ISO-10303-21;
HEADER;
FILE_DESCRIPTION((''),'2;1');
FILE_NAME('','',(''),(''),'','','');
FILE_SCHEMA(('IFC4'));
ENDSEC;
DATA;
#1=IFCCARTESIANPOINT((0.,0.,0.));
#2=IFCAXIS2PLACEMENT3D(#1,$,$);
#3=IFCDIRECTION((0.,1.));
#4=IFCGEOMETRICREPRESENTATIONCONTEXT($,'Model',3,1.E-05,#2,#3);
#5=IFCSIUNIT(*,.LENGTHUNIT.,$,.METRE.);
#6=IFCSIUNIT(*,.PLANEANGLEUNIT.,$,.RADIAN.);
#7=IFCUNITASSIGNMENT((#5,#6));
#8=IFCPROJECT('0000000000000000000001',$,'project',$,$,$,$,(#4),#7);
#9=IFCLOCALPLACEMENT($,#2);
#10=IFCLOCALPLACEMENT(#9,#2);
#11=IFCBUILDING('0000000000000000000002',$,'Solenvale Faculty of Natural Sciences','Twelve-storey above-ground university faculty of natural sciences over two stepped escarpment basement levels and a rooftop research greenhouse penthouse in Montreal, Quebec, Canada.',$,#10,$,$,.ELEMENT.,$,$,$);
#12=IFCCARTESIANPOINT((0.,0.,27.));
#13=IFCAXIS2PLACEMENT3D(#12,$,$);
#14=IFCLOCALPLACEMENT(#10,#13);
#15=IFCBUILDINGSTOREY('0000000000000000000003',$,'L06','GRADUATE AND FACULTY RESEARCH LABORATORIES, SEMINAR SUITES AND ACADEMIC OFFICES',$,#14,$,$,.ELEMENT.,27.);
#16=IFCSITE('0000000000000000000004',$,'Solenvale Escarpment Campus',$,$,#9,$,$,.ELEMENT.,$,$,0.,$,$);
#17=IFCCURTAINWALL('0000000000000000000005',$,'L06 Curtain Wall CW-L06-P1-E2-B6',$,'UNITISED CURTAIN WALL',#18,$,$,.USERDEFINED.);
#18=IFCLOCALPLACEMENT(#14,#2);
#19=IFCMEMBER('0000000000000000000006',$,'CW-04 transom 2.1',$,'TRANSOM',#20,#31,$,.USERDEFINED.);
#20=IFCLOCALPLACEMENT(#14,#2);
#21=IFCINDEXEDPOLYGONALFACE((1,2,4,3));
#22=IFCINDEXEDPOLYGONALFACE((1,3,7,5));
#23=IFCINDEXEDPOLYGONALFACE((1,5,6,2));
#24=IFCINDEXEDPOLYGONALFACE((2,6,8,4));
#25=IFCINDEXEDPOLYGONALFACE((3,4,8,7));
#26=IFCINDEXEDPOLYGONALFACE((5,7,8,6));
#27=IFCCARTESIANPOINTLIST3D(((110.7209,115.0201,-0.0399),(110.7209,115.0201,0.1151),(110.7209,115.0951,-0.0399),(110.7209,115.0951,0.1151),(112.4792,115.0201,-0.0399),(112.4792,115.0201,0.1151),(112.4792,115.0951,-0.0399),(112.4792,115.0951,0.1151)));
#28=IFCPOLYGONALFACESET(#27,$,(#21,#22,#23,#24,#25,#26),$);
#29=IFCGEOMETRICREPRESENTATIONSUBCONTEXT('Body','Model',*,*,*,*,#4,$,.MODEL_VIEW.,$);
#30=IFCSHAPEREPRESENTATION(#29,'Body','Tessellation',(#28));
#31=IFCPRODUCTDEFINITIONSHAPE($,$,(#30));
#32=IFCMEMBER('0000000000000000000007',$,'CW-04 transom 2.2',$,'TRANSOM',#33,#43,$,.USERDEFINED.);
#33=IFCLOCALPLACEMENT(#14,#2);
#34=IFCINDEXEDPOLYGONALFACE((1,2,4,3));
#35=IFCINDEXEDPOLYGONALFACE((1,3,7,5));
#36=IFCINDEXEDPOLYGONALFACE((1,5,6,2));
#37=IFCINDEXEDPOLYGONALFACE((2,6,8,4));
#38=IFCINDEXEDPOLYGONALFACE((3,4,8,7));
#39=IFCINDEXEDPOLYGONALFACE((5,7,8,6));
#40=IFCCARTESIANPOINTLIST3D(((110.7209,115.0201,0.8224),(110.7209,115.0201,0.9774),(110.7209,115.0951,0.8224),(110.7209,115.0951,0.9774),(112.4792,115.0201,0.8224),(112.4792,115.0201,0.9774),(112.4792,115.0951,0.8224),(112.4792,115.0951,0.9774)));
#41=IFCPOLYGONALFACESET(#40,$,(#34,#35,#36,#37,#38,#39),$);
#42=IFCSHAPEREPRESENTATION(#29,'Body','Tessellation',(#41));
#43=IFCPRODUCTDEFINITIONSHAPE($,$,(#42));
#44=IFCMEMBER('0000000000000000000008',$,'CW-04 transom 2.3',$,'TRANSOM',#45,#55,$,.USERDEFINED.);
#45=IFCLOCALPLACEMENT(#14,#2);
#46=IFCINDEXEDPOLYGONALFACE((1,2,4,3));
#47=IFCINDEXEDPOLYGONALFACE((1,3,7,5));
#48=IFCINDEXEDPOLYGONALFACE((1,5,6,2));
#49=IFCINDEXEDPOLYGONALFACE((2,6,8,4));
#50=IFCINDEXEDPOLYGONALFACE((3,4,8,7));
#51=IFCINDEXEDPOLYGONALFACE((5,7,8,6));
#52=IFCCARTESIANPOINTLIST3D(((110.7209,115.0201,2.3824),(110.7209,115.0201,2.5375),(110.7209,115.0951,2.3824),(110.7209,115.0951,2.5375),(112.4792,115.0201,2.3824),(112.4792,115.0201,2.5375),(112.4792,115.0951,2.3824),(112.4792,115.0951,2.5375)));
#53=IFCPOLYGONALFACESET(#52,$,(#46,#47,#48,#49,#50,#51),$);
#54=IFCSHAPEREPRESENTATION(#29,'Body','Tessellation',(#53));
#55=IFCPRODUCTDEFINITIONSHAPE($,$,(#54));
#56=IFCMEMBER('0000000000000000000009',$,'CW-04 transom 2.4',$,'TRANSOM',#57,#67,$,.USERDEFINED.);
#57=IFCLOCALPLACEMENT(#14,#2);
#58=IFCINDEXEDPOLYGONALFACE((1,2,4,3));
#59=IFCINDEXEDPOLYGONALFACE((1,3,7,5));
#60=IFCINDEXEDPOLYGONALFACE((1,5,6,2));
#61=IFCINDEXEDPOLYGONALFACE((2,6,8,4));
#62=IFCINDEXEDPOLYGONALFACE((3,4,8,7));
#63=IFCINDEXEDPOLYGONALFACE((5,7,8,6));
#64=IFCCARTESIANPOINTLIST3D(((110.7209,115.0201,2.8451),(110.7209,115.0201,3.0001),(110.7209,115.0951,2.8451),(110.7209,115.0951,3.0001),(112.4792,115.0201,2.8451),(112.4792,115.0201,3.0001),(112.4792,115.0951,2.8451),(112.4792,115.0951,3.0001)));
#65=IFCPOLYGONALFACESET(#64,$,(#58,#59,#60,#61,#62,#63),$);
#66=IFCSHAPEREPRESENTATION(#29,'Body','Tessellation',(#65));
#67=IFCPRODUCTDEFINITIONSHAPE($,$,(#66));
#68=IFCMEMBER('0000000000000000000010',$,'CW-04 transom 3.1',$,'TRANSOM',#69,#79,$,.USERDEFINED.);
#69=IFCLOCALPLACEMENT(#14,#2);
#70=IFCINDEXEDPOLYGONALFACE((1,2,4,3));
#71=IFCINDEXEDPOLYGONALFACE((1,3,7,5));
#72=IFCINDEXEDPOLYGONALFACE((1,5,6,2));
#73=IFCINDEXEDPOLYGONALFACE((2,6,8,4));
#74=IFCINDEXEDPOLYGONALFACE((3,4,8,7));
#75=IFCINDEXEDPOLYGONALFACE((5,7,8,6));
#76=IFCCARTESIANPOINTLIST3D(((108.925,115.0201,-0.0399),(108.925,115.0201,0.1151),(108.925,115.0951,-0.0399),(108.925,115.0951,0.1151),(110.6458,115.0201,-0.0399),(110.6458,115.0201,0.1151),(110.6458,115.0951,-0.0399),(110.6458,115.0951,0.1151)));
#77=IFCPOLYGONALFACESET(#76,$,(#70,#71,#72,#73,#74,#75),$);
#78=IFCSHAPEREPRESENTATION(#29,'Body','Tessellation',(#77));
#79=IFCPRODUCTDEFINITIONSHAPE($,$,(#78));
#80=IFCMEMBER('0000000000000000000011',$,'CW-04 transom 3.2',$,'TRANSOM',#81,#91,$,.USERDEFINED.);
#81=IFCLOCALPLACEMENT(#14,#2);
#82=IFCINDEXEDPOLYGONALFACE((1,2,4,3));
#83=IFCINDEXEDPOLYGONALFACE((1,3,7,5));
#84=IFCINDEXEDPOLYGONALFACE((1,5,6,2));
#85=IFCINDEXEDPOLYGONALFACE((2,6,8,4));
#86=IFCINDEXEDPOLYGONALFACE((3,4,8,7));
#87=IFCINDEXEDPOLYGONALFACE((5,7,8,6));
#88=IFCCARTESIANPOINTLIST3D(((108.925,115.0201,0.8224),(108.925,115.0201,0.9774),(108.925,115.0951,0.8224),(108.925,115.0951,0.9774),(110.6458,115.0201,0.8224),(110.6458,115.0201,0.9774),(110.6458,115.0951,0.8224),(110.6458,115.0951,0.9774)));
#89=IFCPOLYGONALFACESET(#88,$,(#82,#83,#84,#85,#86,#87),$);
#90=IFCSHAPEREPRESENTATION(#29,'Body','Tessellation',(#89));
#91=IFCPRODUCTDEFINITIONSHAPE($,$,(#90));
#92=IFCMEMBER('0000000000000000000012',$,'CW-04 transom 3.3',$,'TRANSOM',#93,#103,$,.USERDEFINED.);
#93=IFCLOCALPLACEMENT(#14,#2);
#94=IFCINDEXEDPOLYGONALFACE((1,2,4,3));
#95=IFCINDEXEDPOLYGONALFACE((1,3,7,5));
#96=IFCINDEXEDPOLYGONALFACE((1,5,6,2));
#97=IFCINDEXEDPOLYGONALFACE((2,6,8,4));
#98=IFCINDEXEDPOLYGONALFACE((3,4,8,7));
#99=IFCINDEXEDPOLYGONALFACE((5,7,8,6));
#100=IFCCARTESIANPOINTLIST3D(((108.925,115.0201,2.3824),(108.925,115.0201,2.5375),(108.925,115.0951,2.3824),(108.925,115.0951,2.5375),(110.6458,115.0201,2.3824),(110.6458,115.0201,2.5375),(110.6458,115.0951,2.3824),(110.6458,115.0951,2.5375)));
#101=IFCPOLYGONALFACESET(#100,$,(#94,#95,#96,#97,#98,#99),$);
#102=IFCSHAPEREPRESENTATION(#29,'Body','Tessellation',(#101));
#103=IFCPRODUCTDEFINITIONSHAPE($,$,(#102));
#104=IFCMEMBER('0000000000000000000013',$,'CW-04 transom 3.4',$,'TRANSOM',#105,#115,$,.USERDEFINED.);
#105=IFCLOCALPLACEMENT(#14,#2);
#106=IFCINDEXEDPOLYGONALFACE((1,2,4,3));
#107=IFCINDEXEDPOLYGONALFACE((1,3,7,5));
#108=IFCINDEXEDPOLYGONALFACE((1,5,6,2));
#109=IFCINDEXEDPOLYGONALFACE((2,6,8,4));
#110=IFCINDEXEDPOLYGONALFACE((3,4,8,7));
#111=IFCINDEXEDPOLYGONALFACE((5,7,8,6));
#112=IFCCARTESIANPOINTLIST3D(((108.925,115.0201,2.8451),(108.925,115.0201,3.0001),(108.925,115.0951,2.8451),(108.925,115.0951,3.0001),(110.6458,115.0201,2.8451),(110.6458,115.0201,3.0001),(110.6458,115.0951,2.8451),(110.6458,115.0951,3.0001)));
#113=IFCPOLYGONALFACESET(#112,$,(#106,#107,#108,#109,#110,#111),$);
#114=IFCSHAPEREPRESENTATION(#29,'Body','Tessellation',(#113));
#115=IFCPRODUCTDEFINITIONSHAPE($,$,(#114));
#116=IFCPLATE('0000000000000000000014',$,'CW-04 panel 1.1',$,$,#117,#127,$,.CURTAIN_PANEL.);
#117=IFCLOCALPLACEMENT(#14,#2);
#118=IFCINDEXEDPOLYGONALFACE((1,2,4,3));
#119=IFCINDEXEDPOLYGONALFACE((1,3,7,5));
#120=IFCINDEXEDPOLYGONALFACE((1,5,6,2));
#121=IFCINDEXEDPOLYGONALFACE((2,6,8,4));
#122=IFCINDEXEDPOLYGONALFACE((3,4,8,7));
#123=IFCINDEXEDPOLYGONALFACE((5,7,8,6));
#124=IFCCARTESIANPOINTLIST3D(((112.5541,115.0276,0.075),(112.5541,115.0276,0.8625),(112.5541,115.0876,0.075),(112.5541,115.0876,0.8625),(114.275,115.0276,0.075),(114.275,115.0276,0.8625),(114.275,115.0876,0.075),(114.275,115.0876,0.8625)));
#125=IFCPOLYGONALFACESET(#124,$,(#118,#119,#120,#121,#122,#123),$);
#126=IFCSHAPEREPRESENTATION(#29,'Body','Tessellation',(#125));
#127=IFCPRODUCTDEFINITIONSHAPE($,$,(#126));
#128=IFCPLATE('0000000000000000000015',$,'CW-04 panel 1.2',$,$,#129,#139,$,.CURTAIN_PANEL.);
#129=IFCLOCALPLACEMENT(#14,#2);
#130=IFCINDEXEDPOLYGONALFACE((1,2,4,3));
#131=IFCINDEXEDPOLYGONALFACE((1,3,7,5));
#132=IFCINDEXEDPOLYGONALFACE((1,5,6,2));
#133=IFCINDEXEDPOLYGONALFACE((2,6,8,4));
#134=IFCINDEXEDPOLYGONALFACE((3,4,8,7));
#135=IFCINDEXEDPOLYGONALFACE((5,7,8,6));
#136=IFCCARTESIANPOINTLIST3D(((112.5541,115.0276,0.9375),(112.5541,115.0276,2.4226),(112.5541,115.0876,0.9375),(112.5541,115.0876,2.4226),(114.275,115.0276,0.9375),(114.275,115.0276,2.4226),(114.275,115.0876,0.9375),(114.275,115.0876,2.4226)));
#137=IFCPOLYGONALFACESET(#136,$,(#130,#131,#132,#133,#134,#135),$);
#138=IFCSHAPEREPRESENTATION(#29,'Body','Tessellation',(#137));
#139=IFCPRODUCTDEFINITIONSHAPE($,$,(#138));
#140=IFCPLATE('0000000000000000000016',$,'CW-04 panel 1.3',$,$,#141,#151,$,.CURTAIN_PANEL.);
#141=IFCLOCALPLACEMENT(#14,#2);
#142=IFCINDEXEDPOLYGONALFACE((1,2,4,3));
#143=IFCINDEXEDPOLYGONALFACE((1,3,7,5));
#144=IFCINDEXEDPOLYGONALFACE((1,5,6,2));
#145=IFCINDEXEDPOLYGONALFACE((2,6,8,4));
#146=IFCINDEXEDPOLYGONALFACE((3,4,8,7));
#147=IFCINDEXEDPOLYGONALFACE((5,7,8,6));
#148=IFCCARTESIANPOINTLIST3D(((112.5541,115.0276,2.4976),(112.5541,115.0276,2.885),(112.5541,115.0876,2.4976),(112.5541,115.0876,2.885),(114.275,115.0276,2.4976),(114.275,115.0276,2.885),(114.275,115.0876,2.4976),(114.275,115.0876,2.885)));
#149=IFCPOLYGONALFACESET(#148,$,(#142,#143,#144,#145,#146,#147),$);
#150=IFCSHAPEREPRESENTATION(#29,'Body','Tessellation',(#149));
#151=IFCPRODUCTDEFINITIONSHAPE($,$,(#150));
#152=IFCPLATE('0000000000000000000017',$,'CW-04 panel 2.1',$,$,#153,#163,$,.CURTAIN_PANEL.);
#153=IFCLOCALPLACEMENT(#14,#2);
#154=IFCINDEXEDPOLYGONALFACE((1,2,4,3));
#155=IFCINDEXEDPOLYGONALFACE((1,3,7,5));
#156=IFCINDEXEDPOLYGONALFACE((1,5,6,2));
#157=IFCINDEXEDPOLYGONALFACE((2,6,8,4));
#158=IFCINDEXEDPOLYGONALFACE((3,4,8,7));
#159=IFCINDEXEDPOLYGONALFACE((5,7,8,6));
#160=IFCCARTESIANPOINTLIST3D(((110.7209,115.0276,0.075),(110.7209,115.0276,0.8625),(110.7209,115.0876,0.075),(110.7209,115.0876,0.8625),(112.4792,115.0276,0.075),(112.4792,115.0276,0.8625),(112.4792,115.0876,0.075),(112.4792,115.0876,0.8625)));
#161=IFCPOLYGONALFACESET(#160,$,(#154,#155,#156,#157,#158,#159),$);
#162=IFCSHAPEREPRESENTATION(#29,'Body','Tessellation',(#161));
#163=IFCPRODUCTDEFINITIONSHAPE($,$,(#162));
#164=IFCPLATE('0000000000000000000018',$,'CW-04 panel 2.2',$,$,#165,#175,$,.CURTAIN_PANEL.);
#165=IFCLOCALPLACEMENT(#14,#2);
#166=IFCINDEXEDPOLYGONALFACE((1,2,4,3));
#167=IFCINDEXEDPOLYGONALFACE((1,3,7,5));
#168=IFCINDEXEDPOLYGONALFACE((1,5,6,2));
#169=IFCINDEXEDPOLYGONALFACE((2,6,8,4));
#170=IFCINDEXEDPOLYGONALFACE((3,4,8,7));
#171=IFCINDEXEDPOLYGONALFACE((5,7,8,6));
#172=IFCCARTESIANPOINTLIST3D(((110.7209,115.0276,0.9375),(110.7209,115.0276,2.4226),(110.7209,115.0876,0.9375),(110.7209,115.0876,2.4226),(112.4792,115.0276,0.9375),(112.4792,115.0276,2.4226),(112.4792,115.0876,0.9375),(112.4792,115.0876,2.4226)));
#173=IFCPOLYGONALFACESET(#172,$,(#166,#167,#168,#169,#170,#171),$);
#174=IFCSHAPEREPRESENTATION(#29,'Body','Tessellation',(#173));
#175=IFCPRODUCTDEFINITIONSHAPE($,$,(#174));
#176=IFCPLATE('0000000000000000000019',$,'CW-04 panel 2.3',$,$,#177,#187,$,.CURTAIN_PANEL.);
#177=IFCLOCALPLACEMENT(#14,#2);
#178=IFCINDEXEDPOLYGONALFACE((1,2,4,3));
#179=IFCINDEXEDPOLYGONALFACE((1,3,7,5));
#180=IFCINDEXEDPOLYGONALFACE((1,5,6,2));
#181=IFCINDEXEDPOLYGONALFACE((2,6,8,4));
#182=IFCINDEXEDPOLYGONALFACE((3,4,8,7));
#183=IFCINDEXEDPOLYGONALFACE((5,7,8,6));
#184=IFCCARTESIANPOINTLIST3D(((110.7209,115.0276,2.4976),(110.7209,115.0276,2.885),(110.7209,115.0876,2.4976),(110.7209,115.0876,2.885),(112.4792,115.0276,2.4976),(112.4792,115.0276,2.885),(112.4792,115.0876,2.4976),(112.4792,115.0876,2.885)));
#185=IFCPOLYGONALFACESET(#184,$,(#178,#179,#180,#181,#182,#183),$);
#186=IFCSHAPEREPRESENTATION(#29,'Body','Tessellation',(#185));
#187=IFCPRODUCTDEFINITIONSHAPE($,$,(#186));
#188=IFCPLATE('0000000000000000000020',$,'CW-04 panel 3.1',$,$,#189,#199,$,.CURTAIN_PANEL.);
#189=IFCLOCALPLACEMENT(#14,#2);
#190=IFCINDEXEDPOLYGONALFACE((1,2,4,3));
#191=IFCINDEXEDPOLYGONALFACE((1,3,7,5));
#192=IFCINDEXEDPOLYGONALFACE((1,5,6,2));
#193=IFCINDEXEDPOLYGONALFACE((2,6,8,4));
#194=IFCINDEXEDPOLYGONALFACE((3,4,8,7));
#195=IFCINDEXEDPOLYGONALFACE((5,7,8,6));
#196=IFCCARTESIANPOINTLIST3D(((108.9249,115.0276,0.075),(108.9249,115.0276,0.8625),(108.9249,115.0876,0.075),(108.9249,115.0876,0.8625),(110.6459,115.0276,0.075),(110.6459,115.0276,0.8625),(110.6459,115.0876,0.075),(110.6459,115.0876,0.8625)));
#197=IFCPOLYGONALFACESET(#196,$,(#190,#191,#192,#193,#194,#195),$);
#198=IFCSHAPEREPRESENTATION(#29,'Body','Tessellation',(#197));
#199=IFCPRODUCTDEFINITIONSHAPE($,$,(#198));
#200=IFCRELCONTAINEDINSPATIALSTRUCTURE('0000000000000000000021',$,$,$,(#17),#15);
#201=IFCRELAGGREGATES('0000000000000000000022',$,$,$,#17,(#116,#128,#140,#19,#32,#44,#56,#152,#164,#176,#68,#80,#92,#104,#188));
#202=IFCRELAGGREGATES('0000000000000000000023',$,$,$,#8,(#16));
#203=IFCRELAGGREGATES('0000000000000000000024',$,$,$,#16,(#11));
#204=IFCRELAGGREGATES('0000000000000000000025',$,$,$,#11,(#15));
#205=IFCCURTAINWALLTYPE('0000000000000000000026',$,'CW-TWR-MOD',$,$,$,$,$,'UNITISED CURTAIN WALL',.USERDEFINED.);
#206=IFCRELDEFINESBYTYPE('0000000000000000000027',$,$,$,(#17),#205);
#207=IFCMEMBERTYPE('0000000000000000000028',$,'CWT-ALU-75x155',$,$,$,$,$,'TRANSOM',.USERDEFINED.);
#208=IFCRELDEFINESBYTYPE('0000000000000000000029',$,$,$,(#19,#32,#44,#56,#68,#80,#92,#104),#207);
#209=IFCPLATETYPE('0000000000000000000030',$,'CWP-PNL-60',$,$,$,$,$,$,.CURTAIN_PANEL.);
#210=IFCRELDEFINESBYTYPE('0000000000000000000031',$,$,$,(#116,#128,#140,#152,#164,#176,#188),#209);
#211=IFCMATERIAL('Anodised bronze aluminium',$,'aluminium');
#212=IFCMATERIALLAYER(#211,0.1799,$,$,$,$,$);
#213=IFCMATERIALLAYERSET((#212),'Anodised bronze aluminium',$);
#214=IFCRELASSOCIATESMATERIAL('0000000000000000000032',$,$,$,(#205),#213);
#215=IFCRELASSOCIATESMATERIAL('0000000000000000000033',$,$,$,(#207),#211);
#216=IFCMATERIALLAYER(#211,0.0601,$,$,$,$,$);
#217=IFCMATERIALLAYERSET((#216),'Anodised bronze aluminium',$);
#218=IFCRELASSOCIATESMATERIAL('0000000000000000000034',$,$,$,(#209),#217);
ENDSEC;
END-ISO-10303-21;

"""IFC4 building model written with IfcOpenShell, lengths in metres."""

from ifc_helpers import new_model, si_unit, direction, frame, origin, origin_2d, place, context, subcontext, project, spatial, rectangle, extrude, material, layer, layer_set, material_profile, profile_set, type_object, element, aggregate, save


model = new_model("IFC4")

# Units and contexts
model_context = context("Model", 3, precision=1e-05, world=origin(), true_north=direction((0.0, 1.0)))
body_context = subcontext(model_context, "Body", "Model", "MODEL_VIEW")
ifc_project = project(units=[si_unit("LENGTHUNIT", "METRE"), si_unit("PLANEANGLEUNIT", "RADIAN")], contexts=[model_context])

# Site, building, storey
site_placement = place(None, origin())
site = spatial("IfcSite", under=ifc_project, at=site_placement, Name="Solenvale Escarpment Campus", CompositionType="ELEMENT", RefElevation=0.0)
building_placement = place(site_placement, origin())
building = spatial("IfcBuilding", under=site, at=building_placement, Name="Solenvale Faculty of Natural Sciences", Description="Twelve-storey above-ground university faculty of natural sciences over two stepped escarpment basement levels and a rooftop research greenhouse penthouse in Montreal, Quebec, Canada.", CompositionType="ELEMENT")
storey_placement = place(building_placement, frame((0.0, 0.0, 27.0)))
storey = spatial("IfcBuildingStorey", under=building, at=storey_placement, Name="L06", Description="GRADUATE AND FACULTY RESEARCH LABORATORIES, SEMINAR SUITES AND ACADEMIC OFFICES", CompositionType="ELEMENT", Elevation=27.0)

# Shared definitions
ifc_material_1 = material(Name="Anodised bronze aluminium", Category="aluminium")
ifc_layer_1 = layer(ifc_material_1, 0.1799)
ifc_layer_set_1 = layer_set([ifc_layer_1], Name="Anodised bronze aluminium")
curtain_wall_type = type_object("IfcCurtainWallType", Name="CW-TWR-MOD", ElementType="UNITISED CURTAIN WALL", PredefinedType="USERDEFINED", material=ifc_layer_set_1)

# Curtain wall
curtain_wall_1_placement = place(storey_placement, origin())
curtain_wall_1 = element("IfcCurtainWall", 1, at=curtain_wall_1_placement, inside=storey, type_object=curtain_wall_type, Name="L06 Curtain Wall CW-L06-P1-E2-B6", ObjectType="UNITISED CURTAIN WALL", PredefinedType="USERDEFINED")

# Members
ifc_material_profile_1 = material_profile(ifc_material_1, rectangle(XDim=0.075, YDim=0.155, at=origin_2d()), Name="ALU-TRN-75x155")
ifc_profile_set_1 = profile_set([ifc_material_profile_1], Name="Anodised bronze aluminium")
member_type_1 = type_object("IfcMemberType", Name="CWT-ALU-75x155", ElementType="TRANSOM", PredefinedType="USERDEFINED", material=ifc_profile_set_1)
member_1_placement = place(storey_placement, frame((112.4792, 115.0576, 0.0376), z_axis=(-1.0, 0.0, 0.0), x_axis=(0.0, -1.0, 0.0)))
member_1 = element("IfcMember", 2, at=member_1_placement, type_object=member_type_1, Name="CW-04 transom 2.1", ObjectType="TRANSOM", PredefinedType="USERDEFINED", context=body_context, shape_type="SweptSolid", body=[
    extrude(rectangle(XDim=0.075, YDim=0.155, at=origin_2d()), origin(), (0.0, 0.0, 1.0), 1.7583),
])
member_2_placement = place(storey_placement, frame((112.4792, 115.0576, 0.8999), z_axis=(-1.0, 0.0, 0.0), x_axis=(0.0, -1.0, 0.0)))
member_2 = element("IfcMember", 3, at=member_2_placement, type_object=member_type_1, Name="CW-04 transom 2.2", ObjectType="TRANSOM", PredefinedType="USERDEFINED", context=body_context, shape_type="SweptSolid", body=[
    extrude(rectangle(XDim=0.075, YDim=0.155, at=origin_2d()), origin(), (0.0, 0.0, 1.0), 1.7583),
])
member_3_placement = place(storey_placement, frame((112.4792, 115.0576, 2.46), z_axis=(-1.0, 0.0, 0.0), x_axis=(0.0, -1.0, 0.0)))
member_3 = element("IfcMember", 4, at=member_3_placement, type_object=member_type_1, Name="CW-04 transom 2.3", ObjectType="TRANSOM", PredefinedType="USERDEFINED", context=body_context, shape_type="SweptSolid", body=[
    extrude(rectangle(XDim=0.075, YDim=0.155, at=origin_2d()), origin(), (0.0, 0.0, 1.0), 1.7583),
])
member_4_placement = place(storey_placement, frame((112.4792, 115.0576, 2.9226), z_axis=(-1.0, 0.0, 0.0), x_axis=(0.0, -1.0, 0.0)))
member_4 = element("IfcMember", 5, at=member_4_placement, type_object=member_type_1, Name="CW-04 transom 2.4", ObjectType="TRANSOM", PredefinedType="USERDEFINED", context=body_context, shape_type="SweptSolid", body=[
    extrude(rectangle(XDim=0.075, YDim=0.155, at=origin_2d()), origin(), (0.0, 0.0, 1.0), 1.7583),
])
member_5_placement = place(storey_placement, frame((110.6458, 115.0576, 0.0376), z_axis=(-1.0, 0.0, 0.0), x_axis=(0.0, -1.0, 0.0)))
member_5 = element("IfcMember", 6, at=member_5_placement, type_object=member_type_1, Name="CW-04 transom 3.1", ObjectType="TRANSOM", PredefinedType="USERDEFINED", context=body_context, shape_type="SweptSolid", body=[
    extrude(rectangle(XDim=0.075, YDim=0.155, at=origin_2d()), origin(), (0.0, 0.0, 1.0), 1.7207),
])
member_6_placement = place(storey_placement, frame((110.6458, 115.0576, 0.8999), z_axis=(-1.0, 0.0, 0.0), x_axis=(0.0, -1.0, 0.0)))
member_6 = element("IfcMember", 7, at=member_6_placement, type_object=member_type_1, Name="CW-04 transom 3.2", ObjectType="TRANSOM", PredefinedType="USERDEFINED", context=body_context, shape_type="SweptSolid", body=[
    extrude(rectangle(XDim=0.075, YDim=0.155, at=origin_2d()), origin(), (0.0, 0.0, 1.0), 1.7207),
])
member_7_placement = place(storey_placement, frame((110.6458, 115.0576, 2.46), z_axis=(-1.0, 0.0, 0.0), x_axis=(0.0, -1.0, 0.0)))
member_7 = element("IfcMember", 8, at=member_7_placement, type_object=member_type_1, Name="CW-04 transom 3.3", ObjectType="TRANSOM", PredefinedType="USERDEFINED", context=body_context, shape_type="SweptSolid", body=[
    extrude(rectangle(XDim=0.075, YDim=0.155, at=origin_2d()), origin(), (0.0, 0.0, 1.0), 1.7207),
])
member_8_placement = place(storey_placement, frame((110.6458, 115.0576, 2.9226), z_axis=(-1.0, 0.0, 0.0), x_axis=(0.0, -1.0, 0.0)))
member_8 = element("IfcMember", 9, at=member_8_placement, type_object=member_type_1, Name="CW-04 transom 3.4", ObjectType="TRANSOM", PredefinedType="USERDEFINED", context=body_context, shape_type="SweptSolid", body=[
    extrude(rectangle(XDim=0.075, YDim=0.155, at=origin_2d()), origin(), (0.0, 0.0, 1.0), 1.7207),
])

# Plates
ifc_layer_2 = layer(ifc_material_1, 0.0601)
ifc_layer_set_2 = layer_set([ifc_layer_2], Name="Anodised bronze aluminium")
plate_type = type_object("IfcPlateType", Name="CWP-PNL-60", PredefinedType="CURTAIN_PANEL", material=ifc_layer_set_2)
plate_1_placement = place(storey_placement, frame((113.4146, 115.0576, 0.075), z_axis=(0.0, 0.0, 1.0), x_axis=(-1.0, 0.0, 0.0)))
plate_1 = element("IfcPlate", 10, at=plate_1_placement, type_object=plate_type, Name="CW-04 panel 1.1", PredefinedType="CURTAIN_PANEL", context=body_context, shape_type="SweptSolid", body=[
    extrude(rectangle(XDim=1.7209, YDim=0.0601, at=origin_2d()), origin(), (0.0, 0.0, 1.0), 0.7876),
])
plate_2_placement = place(storey_placement, frame((113.4146, 115.0576, 0.9375), z_axis=(0.0, 0.0, 1.0), x_axis=(-1.0, 0.0, 0.0)))
plate_2 = element("IfcPlate", 11, at=plate_2_placement, type_object=plate_type, Name="CW-04 panel 1.2", PredefinedType="CURTAIN_PANEL", context=body_context, shape_type="SweptSolid", body=[
    extrude(rectangle(XDim=1.7209, YDim=0.0601, at=origin_2d()), origin(), (0.0, 0.0, 1.0), 1.4851),
])
plate_3_placement = place(storey_placement, frame((113.4146, 115.0576, 2.4976), z_axis=(0.0, 0.0, 1.0), x_axis=(-1.0, 0.0, 0.0)))
plate_3 = element("IfcPlate", 12, at=plate_3_placement, type_object=plate_type, Name="CW-04 panel 1.3", PredefinedType="CURTAIN_PANEL", context=body_context, shape_type="SweptSolid", body=[
    extrude(rectangle(XDim=1.7209, YDim=0.0601, at=origin_2d()), origin(), (0.0, 0.0, 1.0), 0.3875),
])
plate_4_placement = place(storey_placement, frame((111.6001, 115.0576, 0.075), z_axis=(0.0, 0.0, 1.0), x_axis=(-1.0, 0.0, 0.0)))
plate_4 = element("IfcPlate", 13, at=plate_4_placement, type_object=plate_type, Name="CW-04 panel 2.1", PredefinedType="CURTAIN_PANEL", context=body_context, shape_type="SweptSolid", body=[
    extrude(rectangle(XDim=1.7583, YDim=0.0601, at=origin_2d()), origin(), (0.0, 0.0, 1.0), 0.7876),
])
plate_5_placement = place(storey_placement, frame((111.6001, 115.0576, 0.9375), z_axis=(0.0, 0.0, 1.0), x_axis=(-1.0, 0.0, 0.0)))
plate_5 = element("IfcPlate", 14, at=plate_5_placement, type_object=plate_type, Name="CW-04 panel 2.2", PredefinedType="CURTAIN_PANEL", context=body_context, shape_type="SweptSolid", body=[
    extrude(rectangle(XDim=1.7583, YDim=0.0601, at=origin_2d()), origin(), (0.0, 0.0, 1.0), 1.4851),
])
plate_6_placement = place(storey_placement, frame((111.6001, 115.0576, 2.4976), z_axis=(0.0, 0.0, 1.0), x_axis=(-1.0, 0.0, 0.0)))
plate_6 = element("IfcPlate", 15, at=plate_6_placement, type_object=plate_type, Name="CW-04 panel 2.3", PredefinedType="CURTAIN_PANEL", context=body_context, shape_type="SweptSolid", body=[
    extrude(rectangle(XDim=1.7583, YDim=0.0601, at=origin_2d()), origin(), (0.0, 0.0, 1.0), 0.3875),
])
plate_7_placement = place(storey_placement, frame((109.7854, 115.0576, 0.075), z_axis=(0.0, 0.0, 1.0), x_axis=(-1.0, 0.0, 0.0)))
plate_7 = element("IfcPlate", 16, at=plate_7_placement, type_object=plate_type, Name="CW-04 panel 3.1", PredefinedType="CURTAIN_PANEL", context=body_context, shape_type="SweptSolid", body=[
    extrude(rectangle(XDim=1.7209, YDim=0.0601, at=origin_2d()), origin(), (0.0, 0.0, 1.0), 0.7876),
])
aggregate(curtain_wall_1, [plate_1, plate_2, plate_3, member_1, member_2, member_3, member_4, plate_4, plate_5, plate_6, member_5, member_6, member_7, member_8, plate_7])

save(model, "model.ifc")
